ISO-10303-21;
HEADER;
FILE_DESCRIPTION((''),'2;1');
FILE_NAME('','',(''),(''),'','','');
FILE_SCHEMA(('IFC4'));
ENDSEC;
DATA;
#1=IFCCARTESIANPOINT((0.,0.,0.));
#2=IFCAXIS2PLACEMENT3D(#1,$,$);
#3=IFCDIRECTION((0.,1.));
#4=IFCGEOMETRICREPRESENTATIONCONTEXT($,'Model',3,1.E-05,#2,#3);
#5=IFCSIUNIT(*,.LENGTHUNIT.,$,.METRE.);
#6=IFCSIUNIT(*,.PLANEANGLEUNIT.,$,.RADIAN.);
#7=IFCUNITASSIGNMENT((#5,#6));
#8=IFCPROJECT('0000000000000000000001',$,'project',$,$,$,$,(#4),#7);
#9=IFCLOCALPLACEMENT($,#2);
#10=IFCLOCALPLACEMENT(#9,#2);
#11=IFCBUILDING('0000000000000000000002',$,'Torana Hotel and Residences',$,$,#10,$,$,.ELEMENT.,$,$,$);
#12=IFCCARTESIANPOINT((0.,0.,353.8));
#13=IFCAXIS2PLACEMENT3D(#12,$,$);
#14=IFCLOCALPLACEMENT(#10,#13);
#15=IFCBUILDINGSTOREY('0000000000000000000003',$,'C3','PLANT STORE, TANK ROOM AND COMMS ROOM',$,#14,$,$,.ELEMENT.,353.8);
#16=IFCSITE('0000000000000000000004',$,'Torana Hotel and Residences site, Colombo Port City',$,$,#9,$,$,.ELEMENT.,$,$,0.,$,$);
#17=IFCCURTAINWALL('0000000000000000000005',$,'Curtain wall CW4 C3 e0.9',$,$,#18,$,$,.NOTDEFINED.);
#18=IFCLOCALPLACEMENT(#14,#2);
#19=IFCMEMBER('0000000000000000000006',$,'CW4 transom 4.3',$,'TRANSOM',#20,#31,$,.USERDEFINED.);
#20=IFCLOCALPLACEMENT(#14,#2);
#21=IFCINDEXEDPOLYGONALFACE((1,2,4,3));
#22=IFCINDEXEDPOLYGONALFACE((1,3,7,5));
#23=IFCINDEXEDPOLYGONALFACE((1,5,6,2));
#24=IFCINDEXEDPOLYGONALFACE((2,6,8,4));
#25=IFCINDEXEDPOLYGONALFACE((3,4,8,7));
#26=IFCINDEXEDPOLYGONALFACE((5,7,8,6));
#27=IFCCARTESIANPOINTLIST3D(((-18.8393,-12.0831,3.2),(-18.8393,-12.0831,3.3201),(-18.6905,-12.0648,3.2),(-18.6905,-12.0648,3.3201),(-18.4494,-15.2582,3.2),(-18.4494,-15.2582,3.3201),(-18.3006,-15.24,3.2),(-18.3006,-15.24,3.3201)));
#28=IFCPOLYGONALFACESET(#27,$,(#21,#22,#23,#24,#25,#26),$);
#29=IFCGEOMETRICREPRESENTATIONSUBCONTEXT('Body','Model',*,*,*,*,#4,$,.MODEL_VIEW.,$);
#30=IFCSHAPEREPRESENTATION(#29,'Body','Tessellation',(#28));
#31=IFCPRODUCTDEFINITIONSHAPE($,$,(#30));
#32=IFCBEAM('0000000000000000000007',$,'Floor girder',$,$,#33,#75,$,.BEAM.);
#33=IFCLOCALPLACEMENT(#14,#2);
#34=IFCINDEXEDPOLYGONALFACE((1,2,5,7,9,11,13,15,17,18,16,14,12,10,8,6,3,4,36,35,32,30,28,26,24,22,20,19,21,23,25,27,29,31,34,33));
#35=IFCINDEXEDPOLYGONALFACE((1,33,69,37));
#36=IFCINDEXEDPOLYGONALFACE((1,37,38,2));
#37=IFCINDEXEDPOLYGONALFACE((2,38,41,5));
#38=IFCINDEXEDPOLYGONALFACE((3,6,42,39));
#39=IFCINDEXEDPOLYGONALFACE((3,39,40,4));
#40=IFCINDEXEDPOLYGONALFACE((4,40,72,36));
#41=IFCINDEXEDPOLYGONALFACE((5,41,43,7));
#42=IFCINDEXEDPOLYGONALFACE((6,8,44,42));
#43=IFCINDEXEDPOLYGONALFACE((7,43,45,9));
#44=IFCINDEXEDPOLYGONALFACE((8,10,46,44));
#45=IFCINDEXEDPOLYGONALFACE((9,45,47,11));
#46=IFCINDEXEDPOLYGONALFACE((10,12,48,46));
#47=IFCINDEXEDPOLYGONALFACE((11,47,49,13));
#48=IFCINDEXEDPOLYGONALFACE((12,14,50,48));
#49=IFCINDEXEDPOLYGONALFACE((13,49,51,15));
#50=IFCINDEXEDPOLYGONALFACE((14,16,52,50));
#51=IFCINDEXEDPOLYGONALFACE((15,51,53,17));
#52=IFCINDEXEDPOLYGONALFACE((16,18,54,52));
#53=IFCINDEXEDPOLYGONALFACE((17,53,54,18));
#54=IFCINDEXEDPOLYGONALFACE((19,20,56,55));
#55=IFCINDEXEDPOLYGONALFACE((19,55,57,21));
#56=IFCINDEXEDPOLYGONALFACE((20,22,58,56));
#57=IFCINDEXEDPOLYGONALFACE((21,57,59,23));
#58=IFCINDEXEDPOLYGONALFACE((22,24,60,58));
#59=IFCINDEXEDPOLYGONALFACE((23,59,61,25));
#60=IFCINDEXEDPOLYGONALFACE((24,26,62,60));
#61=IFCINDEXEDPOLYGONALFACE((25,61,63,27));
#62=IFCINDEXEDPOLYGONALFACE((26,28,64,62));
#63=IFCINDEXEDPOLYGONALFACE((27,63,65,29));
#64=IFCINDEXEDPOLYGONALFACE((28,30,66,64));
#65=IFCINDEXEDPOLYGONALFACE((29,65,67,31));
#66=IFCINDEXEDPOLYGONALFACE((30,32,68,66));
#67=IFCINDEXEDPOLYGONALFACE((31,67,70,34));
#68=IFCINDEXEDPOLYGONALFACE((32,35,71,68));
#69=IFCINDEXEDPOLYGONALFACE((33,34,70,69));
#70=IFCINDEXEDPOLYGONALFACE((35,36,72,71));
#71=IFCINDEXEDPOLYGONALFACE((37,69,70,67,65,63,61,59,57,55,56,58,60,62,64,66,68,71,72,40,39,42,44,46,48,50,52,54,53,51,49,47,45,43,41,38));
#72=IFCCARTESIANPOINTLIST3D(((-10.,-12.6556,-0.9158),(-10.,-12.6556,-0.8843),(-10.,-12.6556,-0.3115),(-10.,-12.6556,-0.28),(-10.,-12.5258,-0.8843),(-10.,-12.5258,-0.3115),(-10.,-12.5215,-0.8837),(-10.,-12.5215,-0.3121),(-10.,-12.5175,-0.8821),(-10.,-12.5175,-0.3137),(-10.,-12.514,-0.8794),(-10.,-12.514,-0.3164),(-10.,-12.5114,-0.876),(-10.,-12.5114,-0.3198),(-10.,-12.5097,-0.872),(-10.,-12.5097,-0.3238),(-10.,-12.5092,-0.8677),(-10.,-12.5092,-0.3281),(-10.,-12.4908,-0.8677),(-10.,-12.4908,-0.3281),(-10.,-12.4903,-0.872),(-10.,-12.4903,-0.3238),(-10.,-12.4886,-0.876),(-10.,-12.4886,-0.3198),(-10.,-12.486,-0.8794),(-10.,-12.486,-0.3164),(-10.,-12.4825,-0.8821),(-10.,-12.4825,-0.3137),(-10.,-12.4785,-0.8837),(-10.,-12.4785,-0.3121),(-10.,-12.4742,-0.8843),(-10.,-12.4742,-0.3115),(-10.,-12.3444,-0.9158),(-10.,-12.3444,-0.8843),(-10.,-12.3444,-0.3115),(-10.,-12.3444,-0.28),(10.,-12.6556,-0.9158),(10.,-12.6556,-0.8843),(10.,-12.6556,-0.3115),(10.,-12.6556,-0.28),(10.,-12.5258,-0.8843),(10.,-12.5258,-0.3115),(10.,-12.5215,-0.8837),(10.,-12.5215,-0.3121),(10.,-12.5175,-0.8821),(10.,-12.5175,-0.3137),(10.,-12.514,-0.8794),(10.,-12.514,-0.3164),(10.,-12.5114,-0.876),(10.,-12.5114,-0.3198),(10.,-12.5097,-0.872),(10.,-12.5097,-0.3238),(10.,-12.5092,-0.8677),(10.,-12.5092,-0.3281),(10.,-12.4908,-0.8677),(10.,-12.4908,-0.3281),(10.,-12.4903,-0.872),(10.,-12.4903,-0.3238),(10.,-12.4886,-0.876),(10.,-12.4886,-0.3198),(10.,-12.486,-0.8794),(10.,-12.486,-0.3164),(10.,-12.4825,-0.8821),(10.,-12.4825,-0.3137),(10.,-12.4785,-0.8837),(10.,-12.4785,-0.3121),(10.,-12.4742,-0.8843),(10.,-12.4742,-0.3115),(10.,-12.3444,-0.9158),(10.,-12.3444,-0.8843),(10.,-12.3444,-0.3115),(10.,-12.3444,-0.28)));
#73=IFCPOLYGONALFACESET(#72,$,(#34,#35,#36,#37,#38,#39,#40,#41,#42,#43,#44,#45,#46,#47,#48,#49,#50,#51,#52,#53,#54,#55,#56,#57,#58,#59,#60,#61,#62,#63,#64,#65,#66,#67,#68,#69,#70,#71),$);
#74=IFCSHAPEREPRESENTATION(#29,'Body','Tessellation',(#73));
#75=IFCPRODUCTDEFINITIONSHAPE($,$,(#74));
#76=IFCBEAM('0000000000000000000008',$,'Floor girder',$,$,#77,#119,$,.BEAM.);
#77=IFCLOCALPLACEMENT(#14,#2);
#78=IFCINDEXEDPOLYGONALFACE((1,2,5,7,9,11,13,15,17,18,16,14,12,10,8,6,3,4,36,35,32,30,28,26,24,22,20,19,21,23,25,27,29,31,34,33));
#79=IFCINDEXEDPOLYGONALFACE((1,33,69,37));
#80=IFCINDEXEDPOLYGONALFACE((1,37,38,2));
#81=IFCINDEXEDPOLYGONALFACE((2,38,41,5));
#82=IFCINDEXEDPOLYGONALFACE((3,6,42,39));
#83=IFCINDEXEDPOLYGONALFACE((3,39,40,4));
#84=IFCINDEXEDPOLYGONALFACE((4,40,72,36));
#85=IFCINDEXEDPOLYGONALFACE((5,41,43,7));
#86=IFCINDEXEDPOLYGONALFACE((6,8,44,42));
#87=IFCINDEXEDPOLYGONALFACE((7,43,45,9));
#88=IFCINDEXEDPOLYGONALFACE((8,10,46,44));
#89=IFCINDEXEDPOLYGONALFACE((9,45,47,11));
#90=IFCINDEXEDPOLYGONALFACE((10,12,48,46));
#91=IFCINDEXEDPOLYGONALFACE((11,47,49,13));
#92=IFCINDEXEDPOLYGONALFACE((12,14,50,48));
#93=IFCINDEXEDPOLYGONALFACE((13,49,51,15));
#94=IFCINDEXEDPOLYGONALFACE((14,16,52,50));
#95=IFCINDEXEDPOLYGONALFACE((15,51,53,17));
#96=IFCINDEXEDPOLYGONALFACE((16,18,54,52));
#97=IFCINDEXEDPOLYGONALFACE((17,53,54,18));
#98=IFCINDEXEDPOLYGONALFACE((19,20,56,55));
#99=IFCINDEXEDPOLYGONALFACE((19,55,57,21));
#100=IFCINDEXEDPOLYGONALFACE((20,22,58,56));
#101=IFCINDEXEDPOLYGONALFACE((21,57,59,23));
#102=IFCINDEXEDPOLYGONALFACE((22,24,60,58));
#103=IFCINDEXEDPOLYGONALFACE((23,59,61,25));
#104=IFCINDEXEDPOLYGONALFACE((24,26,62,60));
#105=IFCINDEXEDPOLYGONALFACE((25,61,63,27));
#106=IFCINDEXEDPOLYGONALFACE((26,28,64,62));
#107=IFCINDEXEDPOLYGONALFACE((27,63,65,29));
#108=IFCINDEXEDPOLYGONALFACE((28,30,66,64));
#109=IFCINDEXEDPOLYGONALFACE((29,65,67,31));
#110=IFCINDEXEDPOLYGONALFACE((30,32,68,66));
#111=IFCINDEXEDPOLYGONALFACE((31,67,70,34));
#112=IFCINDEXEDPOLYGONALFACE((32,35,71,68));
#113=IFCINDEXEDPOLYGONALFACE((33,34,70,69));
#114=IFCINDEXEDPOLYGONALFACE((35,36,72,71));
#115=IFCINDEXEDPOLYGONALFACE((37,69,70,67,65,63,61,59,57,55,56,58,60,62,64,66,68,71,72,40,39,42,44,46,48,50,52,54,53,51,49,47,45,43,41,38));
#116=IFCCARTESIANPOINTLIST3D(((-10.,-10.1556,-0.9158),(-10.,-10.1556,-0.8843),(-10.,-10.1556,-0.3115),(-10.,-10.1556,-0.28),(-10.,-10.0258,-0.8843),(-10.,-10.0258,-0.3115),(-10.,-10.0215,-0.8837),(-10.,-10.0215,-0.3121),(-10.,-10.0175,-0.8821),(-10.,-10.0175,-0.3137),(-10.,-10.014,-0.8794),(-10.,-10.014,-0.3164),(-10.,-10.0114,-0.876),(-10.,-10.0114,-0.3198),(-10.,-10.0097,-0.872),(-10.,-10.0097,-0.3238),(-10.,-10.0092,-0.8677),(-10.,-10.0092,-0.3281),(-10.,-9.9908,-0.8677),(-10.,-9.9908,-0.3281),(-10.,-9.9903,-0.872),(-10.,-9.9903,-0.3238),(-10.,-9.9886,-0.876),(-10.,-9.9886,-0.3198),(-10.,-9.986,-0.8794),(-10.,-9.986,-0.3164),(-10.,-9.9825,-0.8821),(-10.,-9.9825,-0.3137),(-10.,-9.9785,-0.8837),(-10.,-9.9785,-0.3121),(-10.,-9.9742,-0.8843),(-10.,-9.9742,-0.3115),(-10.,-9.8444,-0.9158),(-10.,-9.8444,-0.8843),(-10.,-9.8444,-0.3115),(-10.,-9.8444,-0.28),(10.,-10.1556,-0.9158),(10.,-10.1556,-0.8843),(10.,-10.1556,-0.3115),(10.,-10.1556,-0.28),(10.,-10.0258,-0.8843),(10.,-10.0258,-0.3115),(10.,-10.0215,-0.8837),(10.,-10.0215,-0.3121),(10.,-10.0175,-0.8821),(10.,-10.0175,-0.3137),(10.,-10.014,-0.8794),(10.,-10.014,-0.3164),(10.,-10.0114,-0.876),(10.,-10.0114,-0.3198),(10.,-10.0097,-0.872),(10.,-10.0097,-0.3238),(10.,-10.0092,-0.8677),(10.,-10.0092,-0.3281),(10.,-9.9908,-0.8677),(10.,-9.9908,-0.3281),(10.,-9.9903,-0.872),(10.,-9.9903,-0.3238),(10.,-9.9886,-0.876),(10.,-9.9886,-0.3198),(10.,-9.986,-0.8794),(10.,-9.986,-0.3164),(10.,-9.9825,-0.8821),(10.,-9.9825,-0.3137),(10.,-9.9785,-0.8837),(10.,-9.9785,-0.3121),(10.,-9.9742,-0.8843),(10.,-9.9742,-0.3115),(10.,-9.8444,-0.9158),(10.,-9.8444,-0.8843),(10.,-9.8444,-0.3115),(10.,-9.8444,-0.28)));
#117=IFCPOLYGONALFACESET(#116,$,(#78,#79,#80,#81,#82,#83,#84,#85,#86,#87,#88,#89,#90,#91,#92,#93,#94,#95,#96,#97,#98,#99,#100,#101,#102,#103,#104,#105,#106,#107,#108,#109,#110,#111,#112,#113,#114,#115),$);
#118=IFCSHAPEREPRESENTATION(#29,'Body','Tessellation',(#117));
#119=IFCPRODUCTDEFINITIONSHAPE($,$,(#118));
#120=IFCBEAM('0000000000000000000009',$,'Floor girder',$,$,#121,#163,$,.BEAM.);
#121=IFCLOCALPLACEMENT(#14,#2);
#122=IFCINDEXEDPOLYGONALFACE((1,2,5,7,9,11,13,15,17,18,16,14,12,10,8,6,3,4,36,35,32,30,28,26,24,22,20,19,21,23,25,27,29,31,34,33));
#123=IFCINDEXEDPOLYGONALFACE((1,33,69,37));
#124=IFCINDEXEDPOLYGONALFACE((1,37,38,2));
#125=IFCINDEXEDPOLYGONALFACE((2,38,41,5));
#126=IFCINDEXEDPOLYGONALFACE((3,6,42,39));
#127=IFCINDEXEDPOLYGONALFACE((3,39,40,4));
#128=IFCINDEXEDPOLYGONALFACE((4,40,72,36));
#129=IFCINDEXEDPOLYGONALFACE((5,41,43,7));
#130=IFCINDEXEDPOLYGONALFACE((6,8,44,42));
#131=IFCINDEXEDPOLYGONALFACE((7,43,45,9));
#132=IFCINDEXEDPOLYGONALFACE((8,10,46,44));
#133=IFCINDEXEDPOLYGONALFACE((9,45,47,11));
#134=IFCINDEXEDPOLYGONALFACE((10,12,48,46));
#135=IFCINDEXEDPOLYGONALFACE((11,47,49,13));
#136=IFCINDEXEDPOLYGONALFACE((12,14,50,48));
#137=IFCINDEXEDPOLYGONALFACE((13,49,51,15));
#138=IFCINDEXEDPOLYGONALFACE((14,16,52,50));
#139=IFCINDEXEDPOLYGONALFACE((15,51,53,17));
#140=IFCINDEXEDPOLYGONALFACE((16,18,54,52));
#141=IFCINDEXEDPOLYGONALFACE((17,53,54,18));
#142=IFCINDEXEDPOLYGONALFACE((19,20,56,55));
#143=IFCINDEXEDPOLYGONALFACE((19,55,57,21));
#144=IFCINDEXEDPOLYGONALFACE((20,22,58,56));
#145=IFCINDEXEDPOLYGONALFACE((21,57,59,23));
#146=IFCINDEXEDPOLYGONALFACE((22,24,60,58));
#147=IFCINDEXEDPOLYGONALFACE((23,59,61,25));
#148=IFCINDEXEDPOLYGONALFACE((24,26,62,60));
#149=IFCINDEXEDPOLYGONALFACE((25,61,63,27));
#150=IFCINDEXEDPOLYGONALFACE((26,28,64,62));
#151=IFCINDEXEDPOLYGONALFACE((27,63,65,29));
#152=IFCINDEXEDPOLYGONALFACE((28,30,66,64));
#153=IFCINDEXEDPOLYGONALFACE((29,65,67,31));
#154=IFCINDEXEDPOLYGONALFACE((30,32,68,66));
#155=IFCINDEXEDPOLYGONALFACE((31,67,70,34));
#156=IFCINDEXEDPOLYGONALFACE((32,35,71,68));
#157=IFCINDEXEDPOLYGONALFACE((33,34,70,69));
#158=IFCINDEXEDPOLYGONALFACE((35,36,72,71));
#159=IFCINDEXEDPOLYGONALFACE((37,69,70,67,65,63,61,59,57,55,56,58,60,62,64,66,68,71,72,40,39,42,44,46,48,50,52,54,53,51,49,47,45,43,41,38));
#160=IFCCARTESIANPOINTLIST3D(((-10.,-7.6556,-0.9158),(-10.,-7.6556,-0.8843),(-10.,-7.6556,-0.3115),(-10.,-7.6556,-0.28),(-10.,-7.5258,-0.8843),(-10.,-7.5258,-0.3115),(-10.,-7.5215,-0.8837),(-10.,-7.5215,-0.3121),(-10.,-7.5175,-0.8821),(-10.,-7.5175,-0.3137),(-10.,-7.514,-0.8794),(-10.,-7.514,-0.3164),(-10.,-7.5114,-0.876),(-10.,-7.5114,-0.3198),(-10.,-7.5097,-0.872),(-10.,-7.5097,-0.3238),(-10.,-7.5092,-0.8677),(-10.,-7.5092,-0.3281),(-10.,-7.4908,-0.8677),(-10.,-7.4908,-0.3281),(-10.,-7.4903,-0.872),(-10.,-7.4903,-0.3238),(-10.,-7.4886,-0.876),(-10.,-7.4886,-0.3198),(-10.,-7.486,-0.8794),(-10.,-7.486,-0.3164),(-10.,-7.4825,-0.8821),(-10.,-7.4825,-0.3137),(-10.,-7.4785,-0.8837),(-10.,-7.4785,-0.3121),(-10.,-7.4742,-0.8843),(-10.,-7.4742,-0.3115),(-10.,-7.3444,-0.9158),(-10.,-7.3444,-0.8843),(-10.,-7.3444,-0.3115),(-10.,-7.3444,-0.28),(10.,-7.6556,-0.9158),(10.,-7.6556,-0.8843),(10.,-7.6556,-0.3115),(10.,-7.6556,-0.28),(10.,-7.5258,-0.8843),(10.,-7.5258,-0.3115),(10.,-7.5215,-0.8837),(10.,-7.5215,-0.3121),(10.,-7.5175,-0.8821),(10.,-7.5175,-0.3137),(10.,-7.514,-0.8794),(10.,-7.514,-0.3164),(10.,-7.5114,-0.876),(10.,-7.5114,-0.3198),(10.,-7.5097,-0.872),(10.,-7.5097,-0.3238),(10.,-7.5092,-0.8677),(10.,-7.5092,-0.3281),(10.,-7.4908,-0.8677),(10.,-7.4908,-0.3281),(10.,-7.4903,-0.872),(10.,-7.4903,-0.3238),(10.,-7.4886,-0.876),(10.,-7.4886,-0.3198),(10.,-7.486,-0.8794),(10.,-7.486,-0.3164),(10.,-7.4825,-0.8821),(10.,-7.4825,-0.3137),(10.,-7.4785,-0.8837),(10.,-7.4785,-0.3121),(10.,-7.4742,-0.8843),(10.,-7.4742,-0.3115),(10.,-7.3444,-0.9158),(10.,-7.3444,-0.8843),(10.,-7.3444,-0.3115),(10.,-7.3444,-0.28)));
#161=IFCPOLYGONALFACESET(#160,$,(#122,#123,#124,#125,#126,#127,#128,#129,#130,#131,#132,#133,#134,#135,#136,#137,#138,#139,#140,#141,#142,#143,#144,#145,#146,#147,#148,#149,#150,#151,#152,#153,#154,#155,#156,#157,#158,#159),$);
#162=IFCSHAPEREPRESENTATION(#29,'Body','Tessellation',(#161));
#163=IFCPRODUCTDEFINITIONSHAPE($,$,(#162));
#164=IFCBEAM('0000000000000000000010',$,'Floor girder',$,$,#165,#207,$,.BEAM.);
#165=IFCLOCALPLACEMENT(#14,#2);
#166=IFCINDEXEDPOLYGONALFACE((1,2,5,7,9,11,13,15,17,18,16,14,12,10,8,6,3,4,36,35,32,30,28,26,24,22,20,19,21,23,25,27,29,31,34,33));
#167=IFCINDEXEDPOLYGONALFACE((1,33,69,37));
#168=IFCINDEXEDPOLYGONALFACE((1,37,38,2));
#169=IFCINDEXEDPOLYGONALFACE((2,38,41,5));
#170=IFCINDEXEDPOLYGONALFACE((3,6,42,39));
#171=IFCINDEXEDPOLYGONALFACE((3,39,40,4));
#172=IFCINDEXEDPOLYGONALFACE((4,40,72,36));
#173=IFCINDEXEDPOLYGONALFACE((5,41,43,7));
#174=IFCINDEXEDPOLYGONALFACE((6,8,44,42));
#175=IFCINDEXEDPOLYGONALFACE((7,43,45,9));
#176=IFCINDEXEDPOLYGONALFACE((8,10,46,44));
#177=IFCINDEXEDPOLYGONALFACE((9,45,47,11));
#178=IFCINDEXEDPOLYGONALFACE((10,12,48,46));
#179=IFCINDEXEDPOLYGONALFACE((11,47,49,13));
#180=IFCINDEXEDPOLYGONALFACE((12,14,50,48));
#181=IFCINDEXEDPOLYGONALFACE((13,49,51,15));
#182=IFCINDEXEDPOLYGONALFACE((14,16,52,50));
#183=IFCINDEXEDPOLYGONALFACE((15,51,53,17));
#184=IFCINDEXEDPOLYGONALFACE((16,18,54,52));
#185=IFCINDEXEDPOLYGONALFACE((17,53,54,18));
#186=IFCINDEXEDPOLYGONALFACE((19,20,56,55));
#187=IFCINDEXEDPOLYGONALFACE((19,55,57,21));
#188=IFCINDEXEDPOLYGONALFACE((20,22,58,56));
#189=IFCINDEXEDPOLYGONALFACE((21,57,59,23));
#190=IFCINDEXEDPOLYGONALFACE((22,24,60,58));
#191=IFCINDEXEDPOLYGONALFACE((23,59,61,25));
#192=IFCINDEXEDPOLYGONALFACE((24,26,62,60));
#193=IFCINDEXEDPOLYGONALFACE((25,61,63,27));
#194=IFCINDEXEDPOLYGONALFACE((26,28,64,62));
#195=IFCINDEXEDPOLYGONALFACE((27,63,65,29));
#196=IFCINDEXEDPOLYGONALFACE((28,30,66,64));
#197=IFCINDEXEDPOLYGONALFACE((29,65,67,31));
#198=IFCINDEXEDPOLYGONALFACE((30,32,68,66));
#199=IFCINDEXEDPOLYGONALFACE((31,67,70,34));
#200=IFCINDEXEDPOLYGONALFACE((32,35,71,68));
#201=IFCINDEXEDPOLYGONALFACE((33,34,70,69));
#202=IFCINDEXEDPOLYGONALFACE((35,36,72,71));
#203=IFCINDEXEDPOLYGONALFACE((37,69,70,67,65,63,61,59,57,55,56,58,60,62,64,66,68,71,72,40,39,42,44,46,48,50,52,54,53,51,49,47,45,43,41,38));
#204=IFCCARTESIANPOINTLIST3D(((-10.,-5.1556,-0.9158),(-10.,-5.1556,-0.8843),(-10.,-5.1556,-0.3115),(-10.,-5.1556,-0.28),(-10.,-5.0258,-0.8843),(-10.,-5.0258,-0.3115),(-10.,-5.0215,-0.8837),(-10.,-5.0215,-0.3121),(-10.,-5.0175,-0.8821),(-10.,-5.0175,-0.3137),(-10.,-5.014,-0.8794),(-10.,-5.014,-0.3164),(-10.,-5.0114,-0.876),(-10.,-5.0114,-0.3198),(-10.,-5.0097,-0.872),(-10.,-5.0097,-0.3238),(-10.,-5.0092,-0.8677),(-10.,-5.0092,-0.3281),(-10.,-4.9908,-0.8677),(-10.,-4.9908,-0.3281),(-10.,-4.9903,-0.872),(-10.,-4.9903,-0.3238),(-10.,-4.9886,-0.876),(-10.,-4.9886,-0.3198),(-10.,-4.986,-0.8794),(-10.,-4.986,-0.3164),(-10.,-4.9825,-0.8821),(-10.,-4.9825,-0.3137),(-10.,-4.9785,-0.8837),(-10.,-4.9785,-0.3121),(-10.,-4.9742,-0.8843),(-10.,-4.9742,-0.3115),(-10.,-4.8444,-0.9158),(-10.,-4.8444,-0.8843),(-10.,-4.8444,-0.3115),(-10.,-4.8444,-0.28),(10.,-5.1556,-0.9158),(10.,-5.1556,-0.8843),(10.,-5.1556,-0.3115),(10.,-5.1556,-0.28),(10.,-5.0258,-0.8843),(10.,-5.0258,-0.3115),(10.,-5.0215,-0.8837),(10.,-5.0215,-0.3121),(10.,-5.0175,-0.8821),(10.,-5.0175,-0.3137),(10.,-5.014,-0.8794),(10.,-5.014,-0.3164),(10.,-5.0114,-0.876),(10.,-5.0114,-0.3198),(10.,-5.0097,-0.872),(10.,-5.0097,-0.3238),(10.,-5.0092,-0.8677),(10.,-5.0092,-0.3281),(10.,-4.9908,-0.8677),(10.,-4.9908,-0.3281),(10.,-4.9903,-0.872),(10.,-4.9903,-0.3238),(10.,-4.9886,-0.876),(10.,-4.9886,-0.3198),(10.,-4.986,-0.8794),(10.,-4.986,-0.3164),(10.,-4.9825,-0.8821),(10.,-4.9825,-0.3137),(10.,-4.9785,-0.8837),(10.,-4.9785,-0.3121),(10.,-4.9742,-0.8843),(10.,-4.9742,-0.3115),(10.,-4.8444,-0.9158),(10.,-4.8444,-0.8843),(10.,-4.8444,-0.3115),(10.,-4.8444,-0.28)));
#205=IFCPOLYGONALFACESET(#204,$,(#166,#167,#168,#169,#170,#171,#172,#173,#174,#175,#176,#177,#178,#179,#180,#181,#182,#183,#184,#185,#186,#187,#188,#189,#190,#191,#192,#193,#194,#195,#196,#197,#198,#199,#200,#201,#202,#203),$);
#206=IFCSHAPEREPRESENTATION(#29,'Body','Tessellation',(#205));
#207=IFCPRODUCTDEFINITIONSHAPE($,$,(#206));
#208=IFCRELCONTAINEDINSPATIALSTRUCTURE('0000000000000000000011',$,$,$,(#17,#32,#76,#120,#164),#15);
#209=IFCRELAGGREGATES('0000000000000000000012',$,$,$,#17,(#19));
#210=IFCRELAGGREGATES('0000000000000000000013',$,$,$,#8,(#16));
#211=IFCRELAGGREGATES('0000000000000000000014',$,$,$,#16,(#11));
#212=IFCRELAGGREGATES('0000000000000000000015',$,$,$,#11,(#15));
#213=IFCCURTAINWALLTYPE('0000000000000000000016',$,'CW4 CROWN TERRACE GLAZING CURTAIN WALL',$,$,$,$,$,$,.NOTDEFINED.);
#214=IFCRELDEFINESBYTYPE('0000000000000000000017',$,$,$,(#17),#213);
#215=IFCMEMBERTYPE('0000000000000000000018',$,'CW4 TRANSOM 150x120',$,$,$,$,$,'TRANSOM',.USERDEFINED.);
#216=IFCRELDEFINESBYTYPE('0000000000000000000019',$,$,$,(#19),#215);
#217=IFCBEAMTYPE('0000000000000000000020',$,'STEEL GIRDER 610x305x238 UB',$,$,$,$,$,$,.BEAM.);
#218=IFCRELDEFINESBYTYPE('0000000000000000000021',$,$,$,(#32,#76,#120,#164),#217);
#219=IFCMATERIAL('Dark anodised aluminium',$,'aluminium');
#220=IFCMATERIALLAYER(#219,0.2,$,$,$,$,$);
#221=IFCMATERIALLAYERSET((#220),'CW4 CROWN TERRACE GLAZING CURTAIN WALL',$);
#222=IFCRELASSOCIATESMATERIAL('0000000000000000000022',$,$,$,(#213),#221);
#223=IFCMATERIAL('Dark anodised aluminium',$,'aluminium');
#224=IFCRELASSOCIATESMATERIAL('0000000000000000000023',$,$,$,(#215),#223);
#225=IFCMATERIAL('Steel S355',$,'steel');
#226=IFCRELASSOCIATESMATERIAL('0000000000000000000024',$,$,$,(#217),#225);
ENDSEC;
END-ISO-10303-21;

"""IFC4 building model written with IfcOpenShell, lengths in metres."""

from ifc_helpers import new_model, si_unit, direction, frame, origin, origin_2d, place, context, subcontext, project, spatial, rectangle, i_section, extrude, material, layer, layer_set, material_profile, profile_set, type_object, element, aggregate, save


model = new_model("IFC4")

# Units and contexts
model_context = context("Model", 3, precision=1e-05, world=origin(), true_north=direction((0.0, 1.0)))
body_context = subcontext(model_context, "Body", "Model", "MODEL_VIEW")
ifc_project = project(units=[si_unit("LENGTHUNIT", "METRE"), si_unit("PLANEANGLEUNIT", "RADIAN")], contexts=[model_context])

# Site, building, storey
site_placement = place(None, origin())
site = spatial("IfcSite", under=ifc_project, at=site_placement, Name="Torana Hotel and Residences site, Colombo Port City", CompositionType="ELEMENT", RefElevation=0.0)
building_placement = place(site_placement, origin())
building = spatial("IfcBuilding", under=site, at=building_placement, Name="Torana Hotel and Residences", CompositionType="ELEMENT")
storey_placement = place(building_placement, frame((0.0, 0.0, 353.8)))
storey = spatial("IfcBuildingStorey", under=building, at=storey_placement, Name="C3", Description="PLANT STORE, TANK ROOM AND COMMS ROOM", CompositionType="ELEMENT", Elevation=353.8)

# Curtain wall, member
ifc_material_1 = material(Name="Dark anodised aluminium", Category="aluminium")
ifc_layer_1 = layer(ifc_material_1, 0.2)
ifc_layer_set_1 = layer_set([ifc_layer_1], Name="CW4 CROWN TERRACE GLAZING CURTAIN WALL")
curtain_wall_type = type_object("IfcCurtainWallType", Name="CW4 CROWN TERRACE GLAZING CURTAIN WALL", PredefinedType="NOTDEFINED", material=ifc_layer_set_1)
curtain_wall_placement = place(storey_placement, origin())
curtain_wall = element("IfcCurtainWall", 1, at=curtain_wall_placement, inside=storey, type_object=curtain_wall_type, Name="Curtain wall CW4 C3 e0.9", PredefinedType="NOTDEFINED")
ifc_material_2 = material(Name="Dark anodised aluminium", Category="aluminium")
ifc_material_profile_1 = material_profile(ifc_material_2, rectangle(XDim=0.1499, YDim=0.1201, at=origin_2d()), Name="CW4 TRANSOM 150x120")
ifc_profile_set_1 = profile_set([ifc_material_profile_1], Name="Dark anodised aluminium")
member_type = type_object("IfcMemberType", Name="CW4 TRANSOM 150x120", ElementType="TRANSOM", PredefinedType="USERDEFINED", material=ifc_profile_set_1)
member_placement = place(storey_placement, frame((-18.7649, -12.074, 3.26), z_axis=(0.121883, -0.992544, 0.0), x_axis=(0.992544, 0.121883, 0.0)))
member = element("IfcMember", 2, at=member_placement, type_object=member_type, Name="CW4 transom 4.3", ObjectType="TRANSOM", PredefinedType="USERDEFINED", context=body_context, shape_type="SweptSolid", body=[
    extrude(rectangle(XDim=0.1499, YDim=0.1201, at=origin_2d()), origin(), (0.0, 0.0, 1.0), 3.199),
])

# Beams
ifc_material_3 = material(Name="Steel S355", Category="steel")
ifc_material_profile_2 = material_profile(ifc_material_3, i_section(OverallWidth=0.3113, OverallDepth=0.6357, WebThickness=0.0183, FlangeThickness=0.0315, FilletRadius=0.0166, at=origin_2d()), Name="610x305x238 UB")
ifc_profile_set_2 = profile_set([ifc_material_profile_2], Name="Steel S355")
beam_type = type_object("IfcBeamType", Name="STEEL GIRDER 610x305x238 UB", PredefinedType="BEAM", material=ifc_profile_set_2)
for number, where, z_axis, x_axis, name in (
    (3, (-10.0, -12.5, -0.5979), (1.0, 0.0, 0.0), (0.0, 1.0, 0.0), "Floor girder"),
    (4, (-10.0, -10.0, -0.5979), (1.0, 0.0, 0.0), (0.0, 1.0, 0.0), "Floor girder"),
    (5, (-10.0, -7.5, -0.5979), (1.0, 0.0, 0.0), (0.0, 1.0, 0.0), "Floor girder"),
    (6, (-10.0, -5.0, -0.5979), (1.0, 0.0, 0.0), (0.0, 1.0, 0.0), "Floor girder"),
):
    element("IfcBeam", number, at=place(storey_placement, frame(where, z_axis=z_axis, x_axis=x_axis)), inside=storey, type_object=beam_type, Name=name, PredefinedType="BEAM", context=body_context, shape_type="SweptSolid", body=[
        extrude(i_section(OverallWidth=0.3113, OverallDepth=0.6357, WebThickness=0.0183, FlangeThickness=0.0315, FilletRadius=0.0166, at=origin_2d()), origin(), (0.0, 0.0, 1.0), 20.0),
    ])

aggregate(curtain_wall, [member])

save(model, "model.ifc")
